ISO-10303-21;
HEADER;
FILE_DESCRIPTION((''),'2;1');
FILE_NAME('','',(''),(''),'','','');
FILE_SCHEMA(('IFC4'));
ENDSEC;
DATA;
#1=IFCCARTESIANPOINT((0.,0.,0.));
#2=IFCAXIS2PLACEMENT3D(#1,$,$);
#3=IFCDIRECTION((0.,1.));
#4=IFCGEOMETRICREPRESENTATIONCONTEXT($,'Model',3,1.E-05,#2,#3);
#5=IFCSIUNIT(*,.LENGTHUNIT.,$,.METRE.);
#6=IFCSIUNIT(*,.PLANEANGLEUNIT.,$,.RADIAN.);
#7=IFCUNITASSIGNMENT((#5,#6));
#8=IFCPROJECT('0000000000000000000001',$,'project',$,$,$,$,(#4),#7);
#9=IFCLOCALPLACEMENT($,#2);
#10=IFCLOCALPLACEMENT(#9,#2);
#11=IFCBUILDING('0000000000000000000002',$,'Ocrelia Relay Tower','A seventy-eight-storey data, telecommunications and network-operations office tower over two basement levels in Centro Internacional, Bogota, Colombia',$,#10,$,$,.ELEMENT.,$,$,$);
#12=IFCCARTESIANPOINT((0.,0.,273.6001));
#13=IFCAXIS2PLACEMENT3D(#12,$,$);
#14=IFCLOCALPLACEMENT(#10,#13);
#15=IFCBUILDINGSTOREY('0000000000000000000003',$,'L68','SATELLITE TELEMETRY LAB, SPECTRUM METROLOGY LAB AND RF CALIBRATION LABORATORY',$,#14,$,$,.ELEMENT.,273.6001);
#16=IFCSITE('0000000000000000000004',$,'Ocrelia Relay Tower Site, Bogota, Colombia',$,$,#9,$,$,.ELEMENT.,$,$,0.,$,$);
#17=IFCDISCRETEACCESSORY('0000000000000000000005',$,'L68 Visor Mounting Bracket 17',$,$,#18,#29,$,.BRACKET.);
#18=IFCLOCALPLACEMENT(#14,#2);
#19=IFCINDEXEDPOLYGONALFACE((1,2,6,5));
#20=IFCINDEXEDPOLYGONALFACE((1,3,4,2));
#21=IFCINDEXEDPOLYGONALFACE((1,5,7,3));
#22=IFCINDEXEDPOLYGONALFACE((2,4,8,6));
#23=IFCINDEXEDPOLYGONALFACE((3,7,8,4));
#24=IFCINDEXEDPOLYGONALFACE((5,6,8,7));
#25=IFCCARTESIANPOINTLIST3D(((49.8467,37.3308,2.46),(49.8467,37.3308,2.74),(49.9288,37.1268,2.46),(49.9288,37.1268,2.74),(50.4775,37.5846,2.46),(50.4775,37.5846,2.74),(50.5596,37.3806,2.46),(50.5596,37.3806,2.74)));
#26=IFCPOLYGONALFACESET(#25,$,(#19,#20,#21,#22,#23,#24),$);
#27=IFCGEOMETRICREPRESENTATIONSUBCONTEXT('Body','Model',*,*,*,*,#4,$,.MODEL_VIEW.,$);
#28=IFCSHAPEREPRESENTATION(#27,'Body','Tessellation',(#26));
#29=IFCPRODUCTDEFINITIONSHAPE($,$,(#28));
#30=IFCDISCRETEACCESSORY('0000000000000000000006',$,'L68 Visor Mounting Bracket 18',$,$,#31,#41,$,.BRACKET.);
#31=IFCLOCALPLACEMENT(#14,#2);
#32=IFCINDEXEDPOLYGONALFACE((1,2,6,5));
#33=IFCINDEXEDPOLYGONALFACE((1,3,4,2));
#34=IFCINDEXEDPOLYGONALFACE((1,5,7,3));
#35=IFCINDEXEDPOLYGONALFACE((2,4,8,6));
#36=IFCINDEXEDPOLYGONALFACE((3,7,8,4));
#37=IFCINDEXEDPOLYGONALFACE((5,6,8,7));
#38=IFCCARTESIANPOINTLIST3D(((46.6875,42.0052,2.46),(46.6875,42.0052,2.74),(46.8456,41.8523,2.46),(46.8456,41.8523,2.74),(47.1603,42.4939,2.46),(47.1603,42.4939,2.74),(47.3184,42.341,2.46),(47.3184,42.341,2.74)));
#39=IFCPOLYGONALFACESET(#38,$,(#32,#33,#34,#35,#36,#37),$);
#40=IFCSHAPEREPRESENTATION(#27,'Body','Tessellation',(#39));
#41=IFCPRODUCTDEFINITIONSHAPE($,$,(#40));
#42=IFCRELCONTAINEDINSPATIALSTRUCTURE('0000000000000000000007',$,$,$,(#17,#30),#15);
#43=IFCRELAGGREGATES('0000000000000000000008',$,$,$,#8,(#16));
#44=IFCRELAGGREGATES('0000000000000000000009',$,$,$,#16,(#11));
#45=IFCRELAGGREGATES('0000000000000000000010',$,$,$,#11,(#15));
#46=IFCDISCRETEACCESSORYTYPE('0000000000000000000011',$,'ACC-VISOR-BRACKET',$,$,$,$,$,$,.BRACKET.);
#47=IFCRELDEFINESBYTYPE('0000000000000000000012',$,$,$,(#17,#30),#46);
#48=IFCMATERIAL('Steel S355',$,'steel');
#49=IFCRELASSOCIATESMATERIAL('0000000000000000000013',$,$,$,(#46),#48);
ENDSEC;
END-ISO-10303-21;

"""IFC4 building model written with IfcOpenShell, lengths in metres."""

from ifc_helpers import new_model, si_unit, direction, frame, origin, origin_2d, place, context, subcontext, project, spatial, rectangle, extrude, material, type_object, element, save


model = new_model("IFC4")

# Units and contexts
model_context = context("Model", 3, precision=1e-05, world=origin(), true_north=direction((0.0, 1.0)))
body_context = subcontext(model_context, "Body", "Model", "MODEL_VIEW")
ifc_project = project(units=[si_unit("LENGTHUNIT", "METRE"), si_unit("PLANEANGLEUNIT", "RADIAN")], contexts=[model_context])

# Site, building, storey
site_placement = place(None, origin())
site = spatial("IfcSite", under=ifc_project, at=site_placement, Name="Ocrelia Relay Tower Site, Bogota, Colombia", CompositionType="ELEMENT", RefElevation=0.0)
building_placement = place(site_placement, origin())
building = spatial("IfcBuilding", under=site, at=building_placement, Name="Ocrelia Relay Tower", Description="A seventy-eight-storey data, telecommunications and network-operations office tower over two basement levels in Centro Internacional, Bogota, Colombia", CompositionType="ELEMENT")
storey_placement = place(building_placement, frame((0.0, 0.0, 273.6001)))
storey = spatial("IfcBuildingStorey", under=building, at=storey_placement, Name="L68", Description="SATELLITE TELEMETRY LAB, SPECTRUM METROLOGY LAB AND RF CALIBRATION LABORATORY", CompositionType="ELEMENT", Elevation=273.6001)

# Shared definitions
ifc_material_1 = material(Name="Steel S355", Category="steel")

# Discrete accessories
discrete_accessory_type = type_object("IfcDiscreteAccessoryType", Name="ACC-VISOR-BRACKET", PredefinedType="BRACKET", material=ifc_material_1)
for number, where, z_axis, x_axis, name in (
    (1, (50.2031, 37.3557, 2.46), (0.0, 0.0, 1.0), (-0.37327, 0.927723, 0.0), "L68 Visor Mounting Bracket 17"),
    (2, (47.0029, 42.1731, 2.46), (0.0, 0.0, 1.0), (-0.718709, 0.695311, 0.0), "L68 Visor Mounting Bracket 18"),
):
    element("IfcDiscreteAccessory", number, at=place(storey_placement, frame(where, z_axis=z_axis, x_axis=x_axis)), inside=storey, type_object=discrete_accessory_type, Name=name, PredefinedType="BRACKET", context=body_context, shape_type="SweptSolid", body=[
        extrude(rectangle(XDim=0.22, YDim=0.6799, at=origin_2d()), origin(), (0.0, 0.0, 1.0), 0.28),
    ])

save(model, "model.ifc")
